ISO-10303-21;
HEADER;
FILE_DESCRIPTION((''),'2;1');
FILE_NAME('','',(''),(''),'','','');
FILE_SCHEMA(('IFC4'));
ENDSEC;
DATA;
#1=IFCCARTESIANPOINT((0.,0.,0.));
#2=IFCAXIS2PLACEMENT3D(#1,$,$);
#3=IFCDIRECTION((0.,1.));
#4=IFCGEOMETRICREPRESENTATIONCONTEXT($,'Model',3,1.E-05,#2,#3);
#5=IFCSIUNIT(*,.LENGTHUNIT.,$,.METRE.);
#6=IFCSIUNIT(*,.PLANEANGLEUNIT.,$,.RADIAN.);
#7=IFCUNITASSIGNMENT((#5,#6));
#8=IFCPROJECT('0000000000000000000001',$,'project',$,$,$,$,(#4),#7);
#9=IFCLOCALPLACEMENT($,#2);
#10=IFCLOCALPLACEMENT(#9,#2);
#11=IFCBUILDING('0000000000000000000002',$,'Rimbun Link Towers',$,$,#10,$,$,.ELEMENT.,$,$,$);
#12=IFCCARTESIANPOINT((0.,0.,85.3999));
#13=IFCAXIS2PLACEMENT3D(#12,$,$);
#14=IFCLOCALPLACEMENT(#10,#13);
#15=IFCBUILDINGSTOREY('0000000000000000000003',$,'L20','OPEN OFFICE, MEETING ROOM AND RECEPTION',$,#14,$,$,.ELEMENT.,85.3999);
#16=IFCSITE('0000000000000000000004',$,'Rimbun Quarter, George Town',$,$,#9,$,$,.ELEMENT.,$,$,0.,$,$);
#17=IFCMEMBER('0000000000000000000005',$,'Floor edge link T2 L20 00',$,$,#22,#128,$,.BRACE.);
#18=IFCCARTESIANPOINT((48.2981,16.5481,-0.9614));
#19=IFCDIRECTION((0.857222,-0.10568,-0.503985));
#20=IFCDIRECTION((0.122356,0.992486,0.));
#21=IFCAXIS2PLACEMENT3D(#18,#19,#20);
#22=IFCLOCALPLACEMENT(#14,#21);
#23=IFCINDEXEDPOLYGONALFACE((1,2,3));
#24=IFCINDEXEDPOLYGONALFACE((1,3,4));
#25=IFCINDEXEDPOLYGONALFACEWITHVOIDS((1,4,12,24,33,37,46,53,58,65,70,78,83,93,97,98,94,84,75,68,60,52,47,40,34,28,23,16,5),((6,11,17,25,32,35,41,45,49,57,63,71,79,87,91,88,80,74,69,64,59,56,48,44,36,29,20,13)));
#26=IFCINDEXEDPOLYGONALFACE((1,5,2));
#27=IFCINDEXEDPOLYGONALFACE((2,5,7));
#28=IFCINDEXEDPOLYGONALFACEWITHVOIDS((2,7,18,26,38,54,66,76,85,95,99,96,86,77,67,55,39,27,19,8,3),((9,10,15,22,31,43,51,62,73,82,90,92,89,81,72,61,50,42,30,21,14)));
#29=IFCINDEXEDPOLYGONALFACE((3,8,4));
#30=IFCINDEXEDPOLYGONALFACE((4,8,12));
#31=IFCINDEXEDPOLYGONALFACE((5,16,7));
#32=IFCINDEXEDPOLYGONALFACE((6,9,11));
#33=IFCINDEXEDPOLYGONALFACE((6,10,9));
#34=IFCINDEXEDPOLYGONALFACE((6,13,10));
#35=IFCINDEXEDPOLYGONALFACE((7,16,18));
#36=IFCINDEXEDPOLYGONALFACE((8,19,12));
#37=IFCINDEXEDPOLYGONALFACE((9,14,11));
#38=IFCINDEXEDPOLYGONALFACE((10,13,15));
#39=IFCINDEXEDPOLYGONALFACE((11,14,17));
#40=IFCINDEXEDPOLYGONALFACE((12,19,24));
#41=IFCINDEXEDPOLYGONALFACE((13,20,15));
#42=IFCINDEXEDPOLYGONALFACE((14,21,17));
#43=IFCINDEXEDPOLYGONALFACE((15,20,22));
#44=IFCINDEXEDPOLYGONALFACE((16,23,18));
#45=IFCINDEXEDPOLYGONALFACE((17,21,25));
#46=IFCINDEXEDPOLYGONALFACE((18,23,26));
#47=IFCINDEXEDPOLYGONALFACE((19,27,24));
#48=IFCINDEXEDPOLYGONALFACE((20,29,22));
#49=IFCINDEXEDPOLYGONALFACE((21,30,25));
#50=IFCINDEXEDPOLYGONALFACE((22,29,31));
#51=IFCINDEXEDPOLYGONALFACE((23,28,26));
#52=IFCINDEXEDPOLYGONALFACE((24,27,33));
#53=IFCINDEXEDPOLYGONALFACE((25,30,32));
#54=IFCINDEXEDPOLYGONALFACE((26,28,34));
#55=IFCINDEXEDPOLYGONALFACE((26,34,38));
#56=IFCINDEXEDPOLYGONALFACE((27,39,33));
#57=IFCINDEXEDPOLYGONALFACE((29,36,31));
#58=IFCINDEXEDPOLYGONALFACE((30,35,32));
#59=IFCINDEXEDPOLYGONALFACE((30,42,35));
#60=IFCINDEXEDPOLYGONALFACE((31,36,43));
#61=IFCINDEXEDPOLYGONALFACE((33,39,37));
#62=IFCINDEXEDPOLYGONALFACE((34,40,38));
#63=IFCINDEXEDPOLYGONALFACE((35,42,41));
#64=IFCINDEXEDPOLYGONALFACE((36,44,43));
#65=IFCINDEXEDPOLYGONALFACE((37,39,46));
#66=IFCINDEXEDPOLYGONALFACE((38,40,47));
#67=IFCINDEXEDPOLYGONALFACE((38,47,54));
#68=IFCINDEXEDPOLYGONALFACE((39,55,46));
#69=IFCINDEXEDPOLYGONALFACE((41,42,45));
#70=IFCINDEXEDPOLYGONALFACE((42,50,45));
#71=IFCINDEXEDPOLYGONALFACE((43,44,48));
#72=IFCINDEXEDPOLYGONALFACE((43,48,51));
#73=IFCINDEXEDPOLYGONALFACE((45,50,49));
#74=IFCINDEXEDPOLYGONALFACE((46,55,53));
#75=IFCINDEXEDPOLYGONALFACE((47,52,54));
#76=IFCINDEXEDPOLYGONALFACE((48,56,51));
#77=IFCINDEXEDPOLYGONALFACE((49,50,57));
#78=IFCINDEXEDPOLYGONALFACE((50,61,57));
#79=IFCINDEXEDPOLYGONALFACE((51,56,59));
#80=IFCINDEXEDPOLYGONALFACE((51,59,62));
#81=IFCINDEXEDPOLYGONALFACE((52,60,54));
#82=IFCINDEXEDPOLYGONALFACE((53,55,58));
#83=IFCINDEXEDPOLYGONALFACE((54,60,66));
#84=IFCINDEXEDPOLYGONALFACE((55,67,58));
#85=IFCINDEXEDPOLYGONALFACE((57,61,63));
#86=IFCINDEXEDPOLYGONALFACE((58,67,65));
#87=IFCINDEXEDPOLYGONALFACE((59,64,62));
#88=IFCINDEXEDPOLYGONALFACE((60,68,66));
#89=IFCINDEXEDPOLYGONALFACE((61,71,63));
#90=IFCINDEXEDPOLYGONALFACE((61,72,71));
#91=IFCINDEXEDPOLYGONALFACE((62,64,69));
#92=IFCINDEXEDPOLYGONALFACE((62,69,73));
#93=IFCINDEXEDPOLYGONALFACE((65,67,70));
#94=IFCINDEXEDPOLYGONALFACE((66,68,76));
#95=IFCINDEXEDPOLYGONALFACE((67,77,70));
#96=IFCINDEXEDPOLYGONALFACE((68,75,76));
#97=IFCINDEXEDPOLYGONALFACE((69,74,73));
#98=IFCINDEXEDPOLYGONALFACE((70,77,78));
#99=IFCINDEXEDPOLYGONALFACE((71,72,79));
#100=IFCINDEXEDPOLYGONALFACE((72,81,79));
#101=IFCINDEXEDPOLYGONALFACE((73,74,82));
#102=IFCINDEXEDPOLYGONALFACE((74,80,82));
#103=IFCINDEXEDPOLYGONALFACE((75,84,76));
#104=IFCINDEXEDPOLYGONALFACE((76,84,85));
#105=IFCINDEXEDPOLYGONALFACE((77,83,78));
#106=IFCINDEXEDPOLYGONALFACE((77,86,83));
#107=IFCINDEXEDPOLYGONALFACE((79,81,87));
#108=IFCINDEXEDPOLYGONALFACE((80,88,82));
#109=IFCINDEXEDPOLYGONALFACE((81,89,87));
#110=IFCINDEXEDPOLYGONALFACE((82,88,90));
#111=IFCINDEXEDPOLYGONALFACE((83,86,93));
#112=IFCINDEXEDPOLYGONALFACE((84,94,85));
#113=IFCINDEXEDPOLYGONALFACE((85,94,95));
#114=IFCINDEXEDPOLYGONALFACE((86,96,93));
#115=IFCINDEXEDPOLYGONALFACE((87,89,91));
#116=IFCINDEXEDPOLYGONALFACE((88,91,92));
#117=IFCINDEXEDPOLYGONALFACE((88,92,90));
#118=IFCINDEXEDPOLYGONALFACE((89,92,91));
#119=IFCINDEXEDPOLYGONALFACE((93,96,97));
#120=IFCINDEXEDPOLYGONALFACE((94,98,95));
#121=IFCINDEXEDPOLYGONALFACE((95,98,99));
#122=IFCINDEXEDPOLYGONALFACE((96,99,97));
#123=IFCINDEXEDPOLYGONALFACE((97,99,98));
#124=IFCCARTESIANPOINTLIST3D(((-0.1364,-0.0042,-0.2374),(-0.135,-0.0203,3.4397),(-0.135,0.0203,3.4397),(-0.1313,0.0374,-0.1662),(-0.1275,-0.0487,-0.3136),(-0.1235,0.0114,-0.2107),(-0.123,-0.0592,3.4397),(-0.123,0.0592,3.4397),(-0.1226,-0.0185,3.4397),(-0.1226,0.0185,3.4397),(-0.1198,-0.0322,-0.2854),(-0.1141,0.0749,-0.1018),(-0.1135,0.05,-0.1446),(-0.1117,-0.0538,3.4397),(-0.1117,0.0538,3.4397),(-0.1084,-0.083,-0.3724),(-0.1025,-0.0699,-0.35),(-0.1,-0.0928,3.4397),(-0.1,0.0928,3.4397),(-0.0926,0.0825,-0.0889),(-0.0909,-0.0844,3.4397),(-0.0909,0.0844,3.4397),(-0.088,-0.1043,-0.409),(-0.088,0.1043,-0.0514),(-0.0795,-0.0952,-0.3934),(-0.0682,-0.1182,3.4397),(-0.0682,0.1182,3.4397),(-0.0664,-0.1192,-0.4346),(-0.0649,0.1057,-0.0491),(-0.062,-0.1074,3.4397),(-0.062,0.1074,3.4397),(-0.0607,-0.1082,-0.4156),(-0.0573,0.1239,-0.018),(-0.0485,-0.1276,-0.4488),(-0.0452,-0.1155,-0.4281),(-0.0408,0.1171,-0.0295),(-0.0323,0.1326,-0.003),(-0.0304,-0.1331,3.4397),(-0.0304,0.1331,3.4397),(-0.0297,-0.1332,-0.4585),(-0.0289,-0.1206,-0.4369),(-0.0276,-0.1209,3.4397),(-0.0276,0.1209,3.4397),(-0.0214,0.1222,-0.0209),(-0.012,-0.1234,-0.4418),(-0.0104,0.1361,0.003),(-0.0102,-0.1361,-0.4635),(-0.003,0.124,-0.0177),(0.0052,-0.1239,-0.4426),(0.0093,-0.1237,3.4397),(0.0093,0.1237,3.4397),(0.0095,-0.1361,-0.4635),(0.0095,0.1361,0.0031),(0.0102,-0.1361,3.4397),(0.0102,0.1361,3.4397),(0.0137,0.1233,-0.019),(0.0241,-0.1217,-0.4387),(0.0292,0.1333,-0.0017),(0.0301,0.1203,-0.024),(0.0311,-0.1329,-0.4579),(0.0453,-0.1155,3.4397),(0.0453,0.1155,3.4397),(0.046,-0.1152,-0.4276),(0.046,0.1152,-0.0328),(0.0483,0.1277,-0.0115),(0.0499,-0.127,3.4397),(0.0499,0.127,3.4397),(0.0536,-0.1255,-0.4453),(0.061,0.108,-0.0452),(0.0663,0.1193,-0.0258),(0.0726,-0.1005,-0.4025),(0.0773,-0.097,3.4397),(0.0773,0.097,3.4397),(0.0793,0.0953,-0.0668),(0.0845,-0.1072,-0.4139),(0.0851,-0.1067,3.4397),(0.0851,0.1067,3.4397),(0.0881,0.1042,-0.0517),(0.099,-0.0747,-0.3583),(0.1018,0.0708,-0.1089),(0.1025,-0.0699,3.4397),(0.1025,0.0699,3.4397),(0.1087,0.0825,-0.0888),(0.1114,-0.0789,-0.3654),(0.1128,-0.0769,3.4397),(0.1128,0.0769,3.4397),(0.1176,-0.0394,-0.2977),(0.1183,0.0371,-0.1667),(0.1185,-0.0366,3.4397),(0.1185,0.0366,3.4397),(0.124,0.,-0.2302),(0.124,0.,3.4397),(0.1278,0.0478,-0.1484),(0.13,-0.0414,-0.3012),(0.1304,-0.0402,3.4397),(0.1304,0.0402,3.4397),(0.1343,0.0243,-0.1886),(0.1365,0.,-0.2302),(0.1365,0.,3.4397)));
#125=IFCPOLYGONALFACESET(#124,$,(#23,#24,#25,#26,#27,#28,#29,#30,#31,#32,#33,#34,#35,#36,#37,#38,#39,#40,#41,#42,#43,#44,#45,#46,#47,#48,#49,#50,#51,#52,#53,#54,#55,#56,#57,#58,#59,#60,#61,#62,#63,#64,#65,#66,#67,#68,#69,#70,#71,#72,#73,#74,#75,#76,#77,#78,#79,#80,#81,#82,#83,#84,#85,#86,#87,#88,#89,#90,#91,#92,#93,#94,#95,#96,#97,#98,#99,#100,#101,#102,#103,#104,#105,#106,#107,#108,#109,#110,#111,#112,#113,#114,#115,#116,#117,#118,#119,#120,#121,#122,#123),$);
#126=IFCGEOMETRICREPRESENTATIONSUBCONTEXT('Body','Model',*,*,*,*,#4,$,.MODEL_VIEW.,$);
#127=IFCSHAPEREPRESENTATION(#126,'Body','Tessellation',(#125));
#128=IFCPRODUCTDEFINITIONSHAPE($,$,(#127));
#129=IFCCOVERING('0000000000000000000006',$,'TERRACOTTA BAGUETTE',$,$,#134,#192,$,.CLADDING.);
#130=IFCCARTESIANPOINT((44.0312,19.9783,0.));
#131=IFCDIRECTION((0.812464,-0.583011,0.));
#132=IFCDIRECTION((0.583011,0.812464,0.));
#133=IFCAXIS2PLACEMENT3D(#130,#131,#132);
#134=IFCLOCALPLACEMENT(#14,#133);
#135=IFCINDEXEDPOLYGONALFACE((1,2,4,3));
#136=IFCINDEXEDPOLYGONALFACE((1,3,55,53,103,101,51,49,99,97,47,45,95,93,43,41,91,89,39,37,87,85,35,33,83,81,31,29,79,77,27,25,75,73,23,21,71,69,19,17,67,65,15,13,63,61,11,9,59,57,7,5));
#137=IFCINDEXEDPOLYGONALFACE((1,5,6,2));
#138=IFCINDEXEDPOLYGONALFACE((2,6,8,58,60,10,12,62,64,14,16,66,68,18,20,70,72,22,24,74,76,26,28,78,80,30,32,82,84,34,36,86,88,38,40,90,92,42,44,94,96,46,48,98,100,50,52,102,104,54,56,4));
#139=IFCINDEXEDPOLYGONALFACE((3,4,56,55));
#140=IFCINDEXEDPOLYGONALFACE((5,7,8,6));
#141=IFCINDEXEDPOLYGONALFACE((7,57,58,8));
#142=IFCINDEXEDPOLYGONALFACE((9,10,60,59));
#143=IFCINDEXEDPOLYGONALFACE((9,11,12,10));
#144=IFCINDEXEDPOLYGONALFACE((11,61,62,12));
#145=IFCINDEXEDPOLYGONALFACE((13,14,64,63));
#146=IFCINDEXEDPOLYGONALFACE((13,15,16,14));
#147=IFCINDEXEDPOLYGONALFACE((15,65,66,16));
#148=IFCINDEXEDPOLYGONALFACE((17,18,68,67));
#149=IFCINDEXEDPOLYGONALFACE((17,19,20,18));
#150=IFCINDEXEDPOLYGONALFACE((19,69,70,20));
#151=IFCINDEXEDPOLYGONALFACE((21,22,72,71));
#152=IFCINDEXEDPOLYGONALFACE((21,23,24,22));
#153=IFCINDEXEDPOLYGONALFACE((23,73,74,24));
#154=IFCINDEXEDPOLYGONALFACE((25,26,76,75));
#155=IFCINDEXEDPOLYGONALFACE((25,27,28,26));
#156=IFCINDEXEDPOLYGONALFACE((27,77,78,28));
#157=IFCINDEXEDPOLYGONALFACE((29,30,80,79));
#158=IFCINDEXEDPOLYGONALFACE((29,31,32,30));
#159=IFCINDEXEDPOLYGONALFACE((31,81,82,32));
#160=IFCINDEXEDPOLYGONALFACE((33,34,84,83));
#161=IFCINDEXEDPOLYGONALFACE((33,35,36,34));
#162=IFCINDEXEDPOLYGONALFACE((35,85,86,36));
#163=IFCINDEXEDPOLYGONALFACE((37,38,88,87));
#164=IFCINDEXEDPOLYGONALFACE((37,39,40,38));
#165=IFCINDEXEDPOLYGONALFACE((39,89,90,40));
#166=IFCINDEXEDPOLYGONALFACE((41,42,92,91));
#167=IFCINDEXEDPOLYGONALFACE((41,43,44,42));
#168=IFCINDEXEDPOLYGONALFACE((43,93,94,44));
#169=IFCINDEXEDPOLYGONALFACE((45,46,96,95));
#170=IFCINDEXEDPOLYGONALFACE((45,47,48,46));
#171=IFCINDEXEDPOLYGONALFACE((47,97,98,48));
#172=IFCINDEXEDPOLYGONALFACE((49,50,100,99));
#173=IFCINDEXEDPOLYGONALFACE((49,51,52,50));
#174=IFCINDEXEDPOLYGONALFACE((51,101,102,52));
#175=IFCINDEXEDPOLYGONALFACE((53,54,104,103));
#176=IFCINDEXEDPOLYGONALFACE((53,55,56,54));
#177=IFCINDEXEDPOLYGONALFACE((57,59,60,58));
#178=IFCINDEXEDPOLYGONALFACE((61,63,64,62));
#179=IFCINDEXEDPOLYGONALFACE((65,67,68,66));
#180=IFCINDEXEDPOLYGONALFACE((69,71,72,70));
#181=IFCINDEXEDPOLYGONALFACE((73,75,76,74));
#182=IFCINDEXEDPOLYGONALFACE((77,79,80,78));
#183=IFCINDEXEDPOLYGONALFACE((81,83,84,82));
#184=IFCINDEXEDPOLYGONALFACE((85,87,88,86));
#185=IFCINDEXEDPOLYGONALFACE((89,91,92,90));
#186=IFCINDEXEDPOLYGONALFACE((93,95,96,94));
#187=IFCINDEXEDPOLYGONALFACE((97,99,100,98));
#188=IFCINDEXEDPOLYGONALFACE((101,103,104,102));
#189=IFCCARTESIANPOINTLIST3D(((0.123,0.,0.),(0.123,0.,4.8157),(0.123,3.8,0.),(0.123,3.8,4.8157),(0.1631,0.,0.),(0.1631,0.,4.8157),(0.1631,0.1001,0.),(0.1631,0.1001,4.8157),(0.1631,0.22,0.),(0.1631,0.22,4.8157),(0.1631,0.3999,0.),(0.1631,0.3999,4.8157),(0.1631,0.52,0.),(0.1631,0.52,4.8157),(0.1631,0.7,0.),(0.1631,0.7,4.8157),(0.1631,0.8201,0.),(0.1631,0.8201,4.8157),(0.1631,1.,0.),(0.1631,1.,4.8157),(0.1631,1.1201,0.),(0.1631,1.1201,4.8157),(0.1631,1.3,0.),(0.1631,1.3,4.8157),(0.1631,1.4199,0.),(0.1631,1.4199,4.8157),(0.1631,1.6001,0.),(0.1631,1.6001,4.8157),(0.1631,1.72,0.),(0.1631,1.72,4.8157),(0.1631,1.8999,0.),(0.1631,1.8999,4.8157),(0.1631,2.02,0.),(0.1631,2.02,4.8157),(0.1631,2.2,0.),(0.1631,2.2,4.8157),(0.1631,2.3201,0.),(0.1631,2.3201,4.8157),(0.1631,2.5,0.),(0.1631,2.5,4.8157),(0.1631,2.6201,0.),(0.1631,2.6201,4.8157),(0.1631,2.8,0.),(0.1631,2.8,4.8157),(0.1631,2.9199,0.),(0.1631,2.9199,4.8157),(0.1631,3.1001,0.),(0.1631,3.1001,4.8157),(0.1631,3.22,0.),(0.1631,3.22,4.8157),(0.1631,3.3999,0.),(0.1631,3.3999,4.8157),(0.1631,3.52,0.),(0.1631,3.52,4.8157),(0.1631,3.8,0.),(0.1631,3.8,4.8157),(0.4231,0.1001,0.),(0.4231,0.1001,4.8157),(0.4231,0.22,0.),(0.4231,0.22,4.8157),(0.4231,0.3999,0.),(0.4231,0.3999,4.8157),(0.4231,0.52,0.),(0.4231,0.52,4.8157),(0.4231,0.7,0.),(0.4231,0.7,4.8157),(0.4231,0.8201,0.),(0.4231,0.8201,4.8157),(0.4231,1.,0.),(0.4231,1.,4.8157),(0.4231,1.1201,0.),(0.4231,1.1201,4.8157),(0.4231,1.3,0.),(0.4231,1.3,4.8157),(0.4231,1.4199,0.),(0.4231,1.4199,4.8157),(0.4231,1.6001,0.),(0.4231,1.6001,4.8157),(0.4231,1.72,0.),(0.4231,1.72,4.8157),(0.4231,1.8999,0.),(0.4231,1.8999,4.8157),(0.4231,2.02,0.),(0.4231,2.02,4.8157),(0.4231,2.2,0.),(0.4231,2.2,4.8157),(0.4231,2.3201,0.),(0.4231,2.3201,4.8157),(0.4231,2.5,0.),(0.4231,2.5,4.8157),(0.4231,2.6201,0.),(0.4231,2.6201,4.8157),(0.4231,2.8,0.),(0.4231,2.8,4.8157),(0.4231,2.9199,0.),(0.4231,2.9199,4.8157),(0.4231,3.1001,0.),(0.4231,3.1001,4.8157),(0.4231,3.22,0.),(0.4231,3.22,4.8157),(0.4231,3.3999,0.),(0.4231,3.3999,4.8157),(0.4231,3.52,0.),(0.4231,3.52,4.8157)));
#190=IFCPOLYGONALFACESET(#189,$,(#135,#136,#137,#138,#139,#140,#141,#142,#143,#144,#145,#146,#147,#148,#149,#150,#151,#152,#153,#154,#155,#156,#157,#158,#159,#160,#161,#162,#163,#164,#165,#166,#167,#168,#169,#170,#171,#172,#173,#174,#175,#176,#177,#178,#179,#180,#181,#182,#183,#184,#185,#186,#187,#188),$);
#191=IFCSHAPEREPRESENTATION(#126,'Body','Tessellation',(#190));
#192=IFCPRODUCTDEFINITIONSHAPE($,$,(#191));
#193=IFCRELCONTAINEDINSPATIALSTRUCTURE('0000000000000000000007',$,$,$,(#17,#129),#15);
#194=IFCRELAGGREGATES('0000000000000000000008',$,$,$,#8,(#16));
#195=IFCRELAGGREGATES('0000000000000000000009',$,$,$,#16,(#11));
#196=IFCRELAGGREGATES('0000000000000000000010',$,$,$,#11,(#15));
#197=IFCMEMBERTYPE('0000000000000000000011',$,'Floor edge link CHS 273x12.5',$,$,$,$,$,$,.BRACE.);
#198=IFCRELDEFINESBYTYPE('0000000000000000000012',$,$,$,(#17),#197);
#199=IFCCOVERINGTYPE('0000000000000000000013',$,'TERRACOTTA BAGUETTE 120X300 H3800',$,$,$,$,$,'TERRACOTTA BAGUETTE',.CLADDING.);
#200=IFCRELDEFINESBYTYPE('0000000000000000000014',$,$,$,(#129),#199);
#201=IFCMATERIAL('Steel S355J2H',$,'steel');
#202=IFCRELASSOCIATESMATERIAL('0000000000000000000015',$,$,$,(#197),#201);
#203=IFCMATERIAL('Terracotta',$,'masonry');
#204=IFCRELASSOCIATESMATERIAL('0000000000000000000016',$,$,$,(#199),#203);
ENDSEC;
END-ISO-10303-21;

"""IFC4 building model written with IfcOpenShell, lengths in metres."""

from ifc_helpers import new_model, si_unit, direction, frame, origin, origin_2d, place, context, subcontext, project, spatial, polyline, hollow_circle, outline, extrude, clip, halfspace, material, material_profile, profile_set, type_object, element, save


model = new_model("IFC4")

# Units and contexts
model_context = context("Model", 3, precision=1e-05, world=origin(), true_north=direction((0.0, 1.0)))
body_context = subcontext(model_context, "Body", "Model", "MODEL_VIEW")
ifc_project = project(units=[si_unit("LENGTHUNIT", "METRE"), si_unit("PLANEANGLEUNIT", "RADIAN")], contexts=[model_context])

# Site, building, storey
site_placement = place(None, origin())
site = spatial("IfcSite", under=ifc_project, at=site_placement, Name="Rimbun Quarter, George Town", CompositionType="ELEMENT", RefElevation=0.0)
building_placement = place(site_placement, origin())
building = spatial("IfcBuilding", under=site, at=building_placement, Name="Rimbun Link Towers", CompositionType="ELEMENT")
storey_placement = place(building_placement, frame((0.0, 0.0, 85.3999)))
storey = spatial("IfcBuildingStorey", under=building, at=storey_placement, Name="L20", Description="OPEN OFFICE, MEETING ROOM AND RECEPTION", CompositionType="ELEMENT", Elevation=85.3999)

# Member
ifc_material_1 = material(Name="Steel S355J2H", Category="steel")
ifc_material_profile_1 = material_profile(ifc_material_1, hollow_circle(Radius=0.1365, WallThickness=0.0125, at=origin_2d()), Name="CHS 273x12.5")
ifc_profile_set_1 = profile_set([ifc_material_profile_1], Name="Steel S355J2H")
member_type_1 = type_object("IfcMemberType", Name="Floor edge link CHS 273x12.5", PredefinedType="BRACE", material=ifc_profile_set_1)
member_1_placement = place(storey_placement, frame((48.2981, 16.5481, -0.9614), z_axis=(0.857222, -0.10568, -0.503985), x_axis=(0.122356, 0.992486, 0.0)))
element("IfcMember", 1, at=member_1_placement, inside=storey, type_object=member_type_1, Name="Floor edge link T2 L20 00", PredefinedType="BRACE", context=body_context, shape_type="Clipping", body=[
    clip(extrude(hollow_circle(Radius=0.1365, WallThickness=0.0125, at=origin_2d()), frame((0.0, 0.0, -0.4878)), (0.0, 0.0, 1.0), 3.9275), halfspace(frame((0.0, 0.0, -0.2302), z_axis=(0.0, 0.863712, -0.503985)), False)),
])

# Covering
ifc_material_2 = material(Name="Terracotta", Category="masonry")
ifc_material_profile_2 = material_profile(ifc_material_2, outline(polyline([(0.123, 0.0), (0.1631, 0.0), (0.1631, 0.1001), (0.4231, 0.1001), (0.4231, 0.22), (0.1631, 0.22), (0.1631, 0.3999), (0.4231, 0.3999), (0.4231, 0.52), (0.1631, 0.52), (0.1631, 0.7), (0.4231, 0.7), (0.4231, 0.8201), (0.1631, 0.8201), (0.1631, 1.0), (0.4231, 1.0), (0.4231, 1.1201), (0.1631, 1.1201), (0.1631, 1.3), (0.4231, 1.3), (0.4231, 1.4199), (0.1631, 1.4199), (0.1631, 1.6001), (0.4231, 1.6001), (0.4231, 1.72), (0.1631, 1.72), (0.1631, 1.8999), (0.4231, 1.8999), (0.4231, 2.02), (0.1631, 2.02), (0.1631, 2.2), (0.4231, 2.2), (0.4231, 2.3201), (0.1631, 2.3201), (0.1631, 2.5), (0.4231, 2.5), (0.4231, 2.6201), (0.1631, 2.6201), (0.1631, 2.8), (0.4231, 2.8), (0.4231, 2.9199), (0.1631, 2.9199), (0.1631, 3.1001), (0.4231, 3.1001), (0.4231, 3.22), (0.1631, 3.22), (0.1631, 3.3999), (0.4231, 3.3999), (0.4231, 3.52), (0.1631, 3.52), (0.1631, 3.8), (0.123, 3.8), (0.123, 0.0)])), Name="BAGUETTE 120X300")
ifc_profile_set_2 = profile_set([ifc_material_profile_2], Name="Terracotta")
covering_type = type_object("IfcCoveringType", Name="TERRACOTTA BAGUETTE 120X300 H3800", ElementType="TERRACOTTA BAGUETTE", PredefinedType="CLADDING", material=ifc_profile_set_2)
covering_1_placement = place(storey_placement, frame((44.0312, 19.9783, 0.0), z_axis=(0.812464, -0.583011, 0.0), x_axis=(0.583011, 0.812464, 0.0)))
element("IfcCovering", 2, at=covering_1_placement, inside=storey, type_object=covering_type, Name="TERRACOTTA BAGUETTE", PredefinedType="CLADDING", context=body_context, shape_type="SweptSolid", body=[
    extrude(outline(polyline([(0.123, 0.0), (0.1631, 0.0), (0.1631, 0.1001), (0.4231, 0.1001), (0.4231, 0.22), (0.1631, 0.22), (0.1631, 0.3999), (0.4231, 0.3999), (0.4231, 0.52), (0.1631, 0.52), (0.1631, 0.7), (0.4231, 0.7), (0.4231, 0.8201), (0.1631, 0.8201), (0.1631, 1.0), (0.4231, 1.0), (0.4231, 1.1201), (0.1631, 1.1201), (0.1631, 1.3), (0.4231, 1.3), (0.4231, 1.4199), (0.1631, 1.4199), (0.1631, 1.6001), (0.4231, 1.6001), (0.4231, 1.72), (0.1631, 1.72), (0.1631, 1.8999), (0.4231, 1.8999), (0.4231, 2.02), (0.1631, 2.02), (0.1631, 2.2), (0.4231, 2.2), (0.4231, 2.3201), (0.1631, 2.3201), (0.1631, 2.5), (0.4231, 2.5), (0.4231, 2.6201), (0.1631, 2.6201), (0.1631, 2.8), (0.4231, 2.8), (0.4231, 2.9199), (0.1631, 2.9199), (0.1631, 3.1001), (0.4231, 3.1001), (0.4231, 3.22), (0.1631, 3.22), (0.1631, 3.3999), (0.4231, 3.3999), (0.4231, 3.52), (0.1631, 3.52), (0.1631, 3.8), (0.123, 3.8), (0.123, 0.0)])), origin(), (0.0, 0.0, 1.0), 4.8157),
])

save(model, "model.ifc")
